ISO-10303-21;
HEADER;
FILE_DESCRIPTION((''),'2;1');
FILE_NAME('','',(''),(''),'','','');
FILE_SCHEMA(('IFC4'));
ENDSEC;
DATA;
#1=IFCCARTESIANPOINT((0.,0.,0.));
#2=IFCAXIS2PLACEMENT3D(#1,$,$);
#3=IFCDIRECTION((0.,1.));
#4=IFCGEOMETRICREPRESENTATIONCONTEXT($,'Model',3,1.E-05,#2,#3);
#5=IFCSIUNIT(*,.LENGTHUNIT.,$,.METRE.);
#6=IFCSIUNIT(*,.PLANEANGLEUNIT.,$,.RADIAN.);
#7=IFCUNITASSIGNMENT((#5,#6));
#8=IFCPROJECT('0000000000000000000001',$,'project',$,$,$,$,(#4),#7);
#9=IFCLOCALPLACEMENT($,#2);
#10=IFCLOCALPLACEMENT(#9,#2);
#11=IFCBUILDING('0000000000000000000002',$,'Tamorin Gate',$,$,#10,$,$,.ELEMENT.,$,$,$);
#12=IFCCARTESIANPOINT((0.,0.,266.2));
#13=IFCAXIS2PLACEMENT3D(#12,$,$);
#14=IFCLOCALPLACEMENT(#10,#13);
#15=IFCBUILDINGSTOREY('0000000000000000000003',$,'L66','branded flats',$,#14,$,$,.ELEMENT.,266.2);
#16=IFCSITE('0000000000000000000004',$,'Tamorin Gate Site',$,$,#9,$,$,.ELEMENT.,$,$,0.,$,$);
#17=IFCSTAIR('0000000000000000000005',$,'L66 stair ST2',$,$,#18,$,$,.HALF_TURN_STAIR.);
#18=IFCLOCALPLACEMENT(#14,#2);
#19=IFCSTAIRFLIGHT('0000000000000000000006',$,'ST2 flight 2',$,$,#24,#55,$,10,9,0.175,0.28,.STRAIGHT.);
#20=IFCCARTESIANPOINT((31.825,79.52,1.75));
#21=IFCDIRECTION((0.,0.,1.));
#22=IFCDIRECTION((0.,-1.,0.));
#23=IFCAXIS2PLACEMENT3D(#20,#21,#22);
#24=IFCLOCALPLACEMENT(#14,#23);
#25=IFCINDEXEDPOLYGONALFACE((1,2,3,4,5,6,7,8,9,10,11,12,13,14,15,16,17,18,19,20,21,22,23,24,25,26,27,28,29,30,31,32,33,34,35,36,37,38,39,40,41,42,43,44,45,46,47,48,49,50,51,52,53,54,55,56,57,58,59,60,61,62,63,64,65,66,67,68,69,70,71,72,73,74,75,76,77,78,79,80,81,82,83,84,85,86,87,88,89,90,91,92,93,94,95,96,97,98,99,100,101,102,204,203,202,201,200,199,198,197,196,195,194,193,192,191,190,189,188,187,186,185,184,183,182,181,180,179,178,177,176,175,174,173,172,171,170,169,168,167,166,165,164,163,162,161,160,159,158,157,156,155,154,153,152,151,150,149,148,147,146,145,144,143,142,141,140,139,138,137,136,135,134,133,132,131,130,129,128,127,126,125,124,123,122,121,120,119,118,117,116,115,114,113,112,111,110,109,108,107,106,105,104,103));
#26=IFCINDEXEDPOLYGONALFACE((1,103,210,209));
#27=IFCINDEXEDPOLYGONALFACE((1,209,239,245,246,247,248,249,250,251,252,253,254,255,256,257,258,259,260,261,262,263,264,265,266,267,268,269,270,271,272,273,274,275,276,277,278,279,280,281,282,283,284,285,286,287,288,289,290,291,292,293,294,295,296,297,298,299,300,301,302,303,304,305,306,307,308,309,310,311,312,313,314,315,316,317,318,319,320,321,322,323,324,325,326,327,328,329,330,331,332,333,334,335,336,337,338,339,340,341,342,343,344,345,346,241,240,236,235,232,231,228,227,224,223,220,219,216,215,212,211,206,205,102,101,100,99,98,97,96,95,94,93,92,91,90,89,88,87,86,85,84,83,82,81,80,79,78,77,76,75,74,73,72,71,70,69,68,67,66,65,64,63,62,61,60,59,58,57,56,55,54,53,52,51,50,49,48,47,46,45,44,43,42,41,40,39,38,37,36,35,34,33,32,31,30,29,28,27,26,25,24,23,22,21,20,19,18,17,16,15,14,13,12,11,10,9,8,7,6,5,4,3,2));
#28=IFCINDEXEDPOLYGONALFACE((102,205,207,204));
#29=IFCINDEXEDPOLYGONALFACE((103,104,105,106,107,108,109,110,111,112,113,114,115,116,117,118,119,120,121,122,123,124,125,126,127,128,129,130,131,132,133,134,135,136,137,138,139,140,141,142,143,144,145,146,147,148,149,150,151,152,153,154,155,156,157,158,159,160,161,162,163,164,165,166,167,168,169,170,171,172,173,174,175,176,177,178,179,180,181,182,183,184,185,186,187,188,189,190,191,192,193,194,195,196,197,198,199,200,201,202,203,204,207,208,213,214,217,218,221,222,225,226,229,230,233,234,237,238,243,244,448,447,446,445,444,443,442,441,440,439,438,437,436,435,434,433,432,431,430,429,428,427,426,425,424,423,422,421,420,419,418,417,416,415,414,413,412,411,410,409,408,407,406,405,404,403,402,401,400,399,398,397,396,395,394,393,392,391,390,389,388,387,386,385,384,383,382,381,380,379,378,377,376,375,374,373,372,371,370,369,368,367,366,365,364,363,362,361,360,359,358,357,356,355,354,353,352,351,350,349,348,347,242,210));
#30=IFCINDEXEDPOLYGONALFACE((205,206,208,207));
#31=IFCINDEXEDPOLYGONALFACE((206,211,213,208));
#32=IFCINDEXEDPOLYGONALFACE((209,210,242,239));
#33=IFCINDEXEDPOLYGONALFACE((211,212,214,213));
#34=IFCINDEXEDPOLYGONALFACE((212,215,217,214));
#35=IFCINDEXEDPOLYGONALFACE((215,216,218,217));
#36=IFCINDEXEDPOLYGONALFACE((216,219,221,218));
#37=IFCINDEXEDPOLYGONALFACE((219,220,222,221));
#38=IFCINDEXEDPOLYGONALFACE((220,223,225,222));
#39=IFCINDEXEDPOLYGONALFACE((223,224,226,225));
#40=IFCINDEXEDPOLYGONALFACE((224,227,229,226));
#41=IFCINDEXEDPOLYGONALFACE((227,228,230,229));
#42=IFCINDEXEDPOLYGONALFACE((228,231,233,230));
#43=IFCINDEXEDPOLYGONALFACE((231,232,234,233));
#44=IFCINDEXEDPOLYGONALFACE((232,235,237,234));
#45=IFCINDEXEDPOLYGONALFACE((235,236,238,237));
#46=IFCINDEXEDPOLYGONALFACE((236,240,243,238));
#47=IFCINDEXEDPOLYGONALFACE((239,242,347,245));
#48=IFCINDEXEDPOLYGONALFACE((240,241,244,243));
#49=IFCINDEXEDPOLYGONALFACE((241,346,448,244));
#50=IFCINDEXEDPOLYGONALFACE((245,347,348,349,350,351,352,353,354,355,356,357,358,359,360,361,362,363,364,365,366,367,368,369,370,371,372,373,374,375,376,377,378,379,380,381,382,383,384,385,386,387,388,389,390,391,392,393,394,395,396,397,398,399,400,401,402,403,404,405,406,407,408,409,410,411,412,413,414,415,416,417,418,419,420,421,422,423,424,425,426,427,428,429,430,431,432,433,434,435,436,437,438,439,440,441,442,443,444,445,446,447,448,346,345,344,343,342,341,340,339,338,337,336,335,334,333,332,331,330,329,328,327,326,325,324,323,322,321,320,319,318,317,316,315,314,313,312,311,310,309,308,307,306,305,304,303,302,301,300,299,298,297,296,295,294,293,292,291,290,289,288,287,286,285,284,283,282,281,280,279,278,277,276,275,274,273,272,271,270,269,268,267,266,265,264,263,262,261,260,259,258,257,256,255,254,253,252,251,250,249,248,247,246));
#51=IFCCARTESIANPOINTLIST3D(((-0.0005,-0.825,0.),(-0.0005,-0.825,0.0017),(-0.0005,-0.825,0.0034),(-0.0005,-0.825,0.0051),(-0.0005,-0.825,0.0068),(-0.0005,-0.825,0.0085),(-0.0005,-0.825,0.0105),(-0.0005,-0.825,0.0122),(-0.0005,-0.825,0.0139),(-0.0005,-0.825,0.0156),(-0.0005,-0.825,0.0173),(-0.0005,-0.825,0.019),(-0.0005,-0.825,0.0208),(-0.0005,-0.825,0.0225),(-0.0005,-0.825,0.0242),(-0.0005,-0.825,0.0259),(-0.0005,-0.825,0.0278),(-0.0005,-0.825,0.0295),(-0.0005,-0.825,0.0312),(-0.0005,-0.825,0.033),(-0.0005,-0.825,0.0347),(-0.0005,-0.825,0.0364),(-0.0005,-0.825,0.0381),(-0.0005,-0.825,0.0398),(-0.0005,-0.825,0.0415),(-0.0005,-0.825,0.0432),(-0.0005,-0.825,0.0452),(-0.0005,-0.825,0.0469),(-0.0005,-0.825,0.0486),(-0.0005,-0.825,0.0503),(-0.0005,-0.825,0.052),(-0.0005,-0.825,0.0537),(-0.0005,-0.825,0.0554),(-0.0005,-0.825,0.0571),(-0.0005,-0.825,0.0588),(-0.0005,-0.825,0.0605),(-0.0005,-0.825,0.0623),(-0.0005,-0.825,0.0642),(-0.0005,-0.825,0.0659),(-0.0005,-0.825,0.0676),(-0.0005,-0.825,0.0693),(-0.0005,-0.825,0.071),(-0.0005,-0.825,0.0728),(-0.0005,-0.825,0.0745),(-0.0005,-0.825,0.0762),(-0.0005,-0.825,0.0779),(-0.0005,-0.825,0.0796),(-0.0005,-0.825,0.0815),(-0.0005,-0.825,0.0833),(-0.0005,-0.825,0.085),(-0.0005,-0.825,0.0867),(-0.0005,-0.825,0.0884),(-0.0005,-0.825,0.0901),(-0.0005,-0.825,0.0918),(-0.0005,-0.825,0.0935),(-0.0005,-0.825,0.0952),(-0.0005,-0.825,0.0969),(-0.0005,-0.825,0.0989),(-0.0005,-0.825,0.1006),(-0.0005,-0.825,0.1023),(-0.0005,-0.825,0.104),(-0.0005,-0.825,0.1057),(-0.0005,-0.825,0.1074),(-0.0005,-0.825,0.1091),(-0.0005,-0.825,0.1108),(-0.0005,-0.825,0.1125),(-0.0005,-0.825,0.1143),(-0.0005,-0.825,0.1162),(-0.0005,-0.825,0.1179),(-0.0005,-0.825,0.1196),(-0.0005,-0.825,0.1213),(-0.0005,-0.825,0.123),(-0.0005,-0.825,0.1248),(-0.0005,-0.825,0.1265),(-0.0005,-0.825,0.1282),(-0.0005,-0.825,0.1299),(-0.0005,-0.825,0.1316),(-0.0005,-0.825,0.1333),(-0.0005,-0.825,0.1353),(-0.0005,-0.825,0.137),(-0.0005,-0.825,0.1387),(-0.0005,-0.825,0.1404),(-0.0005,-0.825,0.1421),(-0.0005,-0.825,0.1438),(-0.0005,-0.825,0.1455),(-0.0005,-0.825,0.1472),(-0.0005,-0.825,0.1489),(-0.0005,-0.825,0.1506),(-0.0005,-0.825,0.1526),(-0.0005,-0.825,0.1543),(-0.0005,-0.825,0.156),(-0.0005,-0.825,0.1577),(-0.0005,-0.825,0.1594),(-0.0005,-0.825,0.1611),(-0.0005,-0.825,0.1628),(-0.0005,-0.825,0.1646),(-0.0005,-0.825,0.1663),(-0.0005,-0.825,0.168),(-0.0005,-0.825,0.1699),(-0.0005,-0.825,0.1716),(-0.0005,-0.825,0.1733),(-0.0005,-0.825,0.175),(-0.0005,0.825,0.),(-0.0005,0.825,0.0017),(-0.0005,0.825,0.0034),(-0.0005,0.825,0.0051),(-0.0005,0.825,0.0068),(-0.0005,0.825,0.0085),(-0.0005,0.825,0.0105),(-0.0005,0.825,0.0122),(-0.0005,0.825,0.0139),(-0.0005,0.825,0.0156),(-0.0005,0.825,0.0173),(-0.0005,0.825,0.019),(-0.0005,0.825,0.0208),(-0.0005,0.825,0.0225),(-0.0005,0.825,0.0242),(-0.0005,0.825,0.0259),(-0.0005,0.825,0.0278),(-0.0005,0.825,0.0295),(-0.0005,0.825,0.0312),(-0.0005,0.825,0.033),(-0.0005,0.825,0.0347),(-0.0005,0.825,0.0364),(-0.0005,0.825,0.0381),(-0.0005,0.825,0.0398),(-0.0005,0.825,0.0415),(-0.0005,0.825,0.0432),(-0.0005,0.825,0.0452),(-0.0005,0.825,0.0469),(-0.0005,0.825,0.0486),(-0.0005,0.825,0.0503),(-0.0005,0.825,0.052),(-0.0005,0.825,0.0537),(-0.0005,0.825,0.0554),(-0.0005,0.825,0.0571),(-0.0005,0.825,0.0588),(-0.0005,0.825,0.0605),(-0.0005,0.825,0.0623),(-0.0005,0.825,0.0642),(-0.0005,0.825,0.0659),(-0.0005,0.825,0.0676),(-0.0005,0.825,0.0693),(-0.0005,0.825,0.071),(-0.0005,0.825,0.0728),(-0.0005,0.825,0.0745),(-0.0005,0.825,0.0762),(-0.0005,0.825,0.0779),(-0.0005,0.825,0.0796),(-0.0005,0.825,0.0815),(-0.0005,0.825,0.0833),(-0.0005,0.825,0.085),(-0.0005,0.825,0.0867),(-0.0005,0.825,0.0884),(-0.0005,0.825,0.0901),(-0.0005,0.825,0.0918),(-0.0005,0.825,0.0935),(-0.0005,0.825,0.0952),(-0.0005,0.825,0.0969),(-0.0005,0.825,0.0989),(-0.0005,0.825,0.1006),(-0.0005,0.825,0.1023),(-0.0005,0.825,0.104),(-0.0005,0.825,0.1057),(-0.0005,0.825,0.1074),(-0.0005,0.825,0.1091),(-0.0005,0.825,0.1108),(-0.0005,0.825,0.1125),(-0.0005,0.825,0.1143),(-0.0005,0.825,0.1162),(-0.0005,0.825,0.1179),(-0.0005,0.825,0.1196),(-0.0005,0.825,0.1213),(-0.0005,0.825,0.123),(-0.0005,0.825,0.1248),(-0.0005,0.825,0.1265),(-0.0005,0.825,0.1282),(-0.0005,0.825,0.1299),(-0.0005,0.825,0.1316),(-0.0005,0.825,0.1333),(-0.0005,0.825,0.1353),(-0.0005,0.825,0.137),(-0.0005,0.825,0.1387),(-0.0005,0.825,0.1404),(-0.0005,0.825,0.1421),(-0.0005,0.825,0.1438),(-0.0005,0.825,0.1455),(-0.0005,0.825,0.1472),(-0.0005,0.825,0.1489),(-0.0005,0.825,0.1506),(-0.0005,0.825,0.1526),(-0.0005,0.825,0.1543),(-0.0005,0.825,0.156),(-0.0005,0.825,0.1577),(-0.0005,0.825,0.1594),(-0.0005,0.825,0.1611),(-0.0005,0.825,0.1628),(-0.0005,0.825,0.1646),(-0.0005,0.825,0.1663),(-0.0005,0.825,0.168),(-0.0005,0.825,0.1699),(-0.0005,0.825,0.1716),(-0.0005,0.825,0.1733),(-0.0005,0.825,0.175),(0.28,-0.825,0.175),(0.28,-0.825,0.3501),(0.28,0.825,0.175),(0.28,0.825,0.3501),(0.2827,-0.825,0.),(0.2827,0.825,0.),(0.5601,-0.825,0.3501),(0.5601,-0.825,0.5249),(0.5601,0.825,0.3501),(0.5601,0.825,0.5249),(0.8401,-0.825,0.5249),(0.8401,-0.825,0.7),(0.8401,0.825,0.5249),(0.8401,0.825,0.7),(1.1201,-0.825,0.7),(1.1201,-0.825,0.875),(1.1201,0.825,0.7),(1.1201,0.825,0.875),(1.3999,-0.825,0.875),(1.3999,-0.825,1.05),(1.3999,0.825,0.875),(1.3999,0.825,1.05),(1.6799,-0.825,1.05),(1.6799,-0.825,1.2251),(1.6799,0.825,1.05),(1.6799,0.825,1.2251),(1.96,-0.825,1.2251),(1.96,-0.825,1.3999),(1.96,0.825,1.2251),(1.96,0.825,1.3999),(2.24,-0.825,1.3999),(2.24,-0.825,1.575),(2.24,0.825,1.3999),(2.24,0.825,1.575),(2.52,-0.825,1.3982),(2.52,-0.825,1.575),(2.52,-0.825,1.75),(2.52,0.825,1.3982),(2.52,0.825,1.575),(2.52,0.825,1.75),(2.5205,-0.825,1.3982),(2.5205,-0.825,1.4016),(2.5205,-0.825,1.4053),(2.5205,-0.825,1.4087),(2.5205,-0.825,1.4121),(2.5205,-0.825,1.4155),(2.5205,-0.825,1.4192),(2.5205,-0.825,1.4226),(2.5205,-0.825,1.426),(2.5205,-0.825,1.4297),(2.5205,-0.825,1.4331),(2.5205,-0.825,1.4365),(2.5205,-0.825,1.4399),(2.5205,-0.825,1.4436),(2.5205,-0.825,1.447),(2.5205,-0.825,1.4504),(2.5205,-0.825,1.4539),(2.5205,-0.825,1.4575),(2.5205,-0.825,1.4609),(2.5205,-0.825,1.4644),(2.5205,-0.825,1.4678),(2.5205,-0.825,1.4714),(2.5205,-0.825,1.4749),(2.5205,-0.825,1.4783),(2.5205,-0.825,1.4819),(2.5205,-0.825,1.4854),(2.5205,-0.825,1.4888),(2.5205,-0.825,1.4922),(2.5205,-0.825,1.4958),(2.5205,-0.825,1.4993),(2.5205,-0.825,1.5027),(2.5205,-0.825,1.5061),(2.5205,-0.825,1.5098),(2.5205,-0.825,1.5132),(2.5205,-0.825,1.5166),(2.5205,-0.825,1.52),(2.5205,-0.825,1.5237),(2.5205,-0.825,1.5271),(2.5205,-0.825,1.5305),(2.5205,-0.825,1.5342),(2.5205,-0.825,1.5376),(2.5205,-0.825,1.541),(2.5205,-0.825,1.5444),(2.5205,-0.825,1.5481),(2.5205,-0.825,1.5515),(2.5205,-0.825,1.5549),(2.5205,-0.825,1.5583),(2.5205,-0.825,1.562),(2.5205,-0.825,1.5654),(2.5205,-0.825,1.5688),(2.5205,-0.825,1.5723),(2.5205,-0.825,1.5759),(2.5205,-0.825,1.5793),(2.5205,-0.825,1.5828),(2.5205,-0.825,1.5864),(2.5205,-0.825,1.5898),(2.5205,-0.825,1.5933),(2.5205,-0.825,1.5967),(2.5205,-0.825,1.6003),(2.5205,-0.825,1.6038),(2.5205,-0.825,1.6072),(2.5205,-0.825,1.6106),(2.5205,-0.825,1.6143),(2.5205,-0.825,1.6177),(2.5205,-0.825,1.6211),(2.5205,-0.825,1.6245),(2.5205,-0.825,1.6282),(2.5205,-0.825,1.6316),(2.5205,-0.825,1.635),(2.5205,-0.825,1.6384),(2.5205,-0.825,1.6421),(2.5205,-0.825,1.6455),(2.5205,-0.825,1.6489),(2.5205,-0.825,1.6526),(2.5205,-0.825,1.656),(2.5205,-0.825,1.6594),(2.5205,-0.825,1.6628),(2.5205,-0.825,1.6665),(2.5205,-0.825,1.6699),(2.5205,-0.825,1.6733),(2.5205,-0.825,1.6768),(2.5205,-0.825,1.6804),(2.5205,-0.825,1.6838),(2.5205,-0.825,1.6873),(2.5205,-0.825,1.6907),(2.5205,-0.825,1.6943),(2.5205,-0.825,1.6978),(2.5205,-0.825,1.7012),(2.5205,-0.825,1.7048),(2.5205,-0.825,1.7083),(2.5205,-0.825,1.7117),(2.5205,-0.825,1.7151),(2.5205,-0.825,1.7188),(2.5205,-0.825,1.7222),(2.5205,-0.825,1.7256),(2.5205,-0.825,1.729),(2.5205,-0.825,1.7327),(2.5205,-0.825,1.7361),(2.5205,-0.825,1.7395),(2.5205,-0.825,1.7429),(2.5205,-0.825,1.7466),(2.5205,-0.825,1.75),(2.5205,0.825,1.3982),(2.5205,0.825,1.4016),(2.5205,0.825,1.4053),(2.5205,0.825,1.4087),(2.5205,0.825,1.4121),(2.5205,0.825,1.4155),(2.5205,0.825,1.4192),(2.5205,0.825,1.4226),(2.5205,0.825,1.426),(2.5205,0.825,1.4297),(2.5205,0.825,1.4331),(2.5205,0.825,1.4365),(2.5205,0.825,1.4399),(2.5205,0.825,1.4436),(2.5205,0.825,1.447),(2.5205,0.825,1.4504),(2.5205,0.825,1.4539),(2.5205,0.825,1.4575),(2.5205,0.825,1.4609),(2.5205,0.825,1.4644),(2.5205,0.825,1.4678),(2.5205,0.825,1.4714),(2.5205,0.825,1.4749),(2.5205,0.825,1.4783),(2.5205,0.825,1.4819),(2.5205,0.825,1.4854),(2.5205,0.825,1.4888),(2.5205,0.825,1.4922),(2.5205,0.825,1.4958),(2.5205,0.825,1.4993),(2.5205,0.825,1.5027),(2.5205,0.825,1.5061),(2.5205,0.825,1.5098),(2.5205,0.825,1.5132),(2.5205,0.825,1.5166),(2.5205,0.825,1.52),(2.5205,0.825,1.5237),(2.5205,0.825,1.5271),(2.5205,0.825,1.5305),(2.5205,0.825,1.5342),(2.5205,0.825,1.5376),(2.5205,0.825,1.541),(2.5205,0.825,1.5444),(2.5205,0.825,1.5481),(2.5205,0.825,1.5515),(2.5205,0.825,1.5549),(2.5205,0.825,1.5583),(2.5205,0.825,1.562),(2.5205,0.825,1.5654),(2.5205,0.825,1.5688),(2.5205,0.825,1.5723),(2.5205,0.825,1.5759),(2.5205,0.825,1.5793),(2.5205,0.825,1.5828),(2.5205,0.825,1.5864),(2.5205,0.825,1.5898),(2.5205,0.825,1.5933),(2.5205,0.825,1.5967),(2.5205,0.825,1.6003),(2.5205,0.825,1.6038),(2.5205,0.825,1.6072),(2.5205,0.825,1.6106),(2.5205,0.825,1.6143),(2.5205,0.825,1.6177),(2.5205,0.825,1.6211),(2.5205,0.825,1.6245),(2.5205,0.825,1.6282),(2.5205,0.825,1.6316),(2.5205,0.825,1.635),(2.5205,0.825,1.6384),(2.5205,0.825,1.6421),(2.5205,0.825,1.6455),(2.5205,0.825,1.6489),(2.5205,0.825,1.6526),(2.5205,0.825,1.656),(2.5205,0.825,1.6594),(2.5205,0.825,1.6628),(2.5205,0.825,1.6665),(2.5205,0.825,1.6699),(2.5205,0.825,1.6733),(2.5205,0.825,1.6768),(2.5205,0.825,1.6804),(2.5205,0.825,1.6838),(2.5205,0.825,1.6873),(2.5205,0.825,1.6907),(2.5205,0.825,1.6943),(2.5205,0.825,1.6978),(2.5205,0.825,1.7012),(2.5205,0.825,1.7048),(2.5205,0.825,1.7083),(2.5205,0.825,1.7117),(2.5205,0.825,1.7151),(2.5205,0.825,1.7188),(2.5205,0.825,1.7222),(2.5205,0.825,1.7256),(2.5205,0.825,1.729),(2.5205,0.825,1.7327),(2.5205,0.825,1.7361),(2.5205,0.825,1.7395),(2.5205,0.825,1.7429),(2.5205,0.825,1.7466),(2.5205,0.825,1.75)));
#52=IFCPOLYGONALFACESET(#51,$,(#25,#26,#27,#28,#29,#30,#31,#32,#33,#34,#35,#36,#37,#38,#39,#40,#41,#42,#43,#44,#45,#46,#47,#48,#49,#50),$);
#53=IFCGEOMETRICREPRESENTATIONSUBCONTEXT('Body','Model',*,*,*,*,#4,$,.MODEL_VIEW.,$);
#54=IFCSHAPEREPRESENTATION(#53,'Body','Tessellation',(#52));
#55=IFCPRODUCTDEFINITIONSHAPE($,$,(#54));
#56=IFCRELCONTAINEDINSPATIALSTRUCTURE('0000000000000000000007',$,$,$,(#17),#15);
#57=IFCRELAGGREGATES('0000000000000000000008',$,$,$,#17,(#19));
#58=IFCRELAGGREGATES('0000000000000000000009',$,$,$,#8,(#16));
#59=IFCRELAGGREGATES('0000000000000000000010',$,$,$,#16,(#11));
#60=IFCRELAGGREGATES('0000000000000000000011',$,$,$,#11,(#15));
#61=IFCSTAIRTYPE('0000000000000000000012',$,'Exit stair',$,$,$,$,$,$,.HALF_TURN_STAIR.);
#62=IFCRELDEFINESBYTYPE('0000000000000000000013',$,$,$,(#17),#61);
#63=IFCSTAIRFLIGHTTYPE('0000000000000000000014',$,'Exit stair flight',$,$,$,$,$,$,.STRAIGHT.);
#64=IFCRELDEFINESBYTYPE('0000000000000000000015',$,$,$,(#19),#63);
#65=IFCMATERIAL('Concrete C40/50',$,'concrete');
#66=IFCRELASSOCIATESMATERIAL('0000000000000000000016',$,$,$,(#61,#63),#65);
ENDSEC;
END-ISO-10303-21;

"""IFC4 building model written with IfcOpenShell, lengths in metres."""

from ifc_helpers import new_model, si_unit, direction, frame, origin, place, context, subcontext, project, spatial, polyline, outline, extrude, material, type_object, element, aggregate, save


model = new_model("IFC4")

# Units and contexts
model_context = context("Model", 3, precision=1e-05, world=origin(), true_north=direction((0.0, 1.0)))
body_context = subcontext(model_context, "Body", "Model", "MODEL_VIEW")
ifc_project = project(units=[si_unit("LENGTHUNIT", "METRE"), si_unit("PLANEANGLEUNIT", "RADIAN")], contexts=[model_context])

# Site, building, storey
site_placement = place(None, origin())
site = spatial("IfcSite", under=ifc_project, at=site_placement, Name="Tamorin Gate Site", CompositionType="ELEMENT", RefElevation=0.0)
building_placement = place(site_placement, origin())
building = spatial("IfcBuilding", under=site, at=building_placement, Name="Tamorin Gate", CompositionType="ELEMENT")
storey_placement = place(building_placement, frame((0.0, 0.0, 266.2)))
storey = spatial("IfcBuildingStorey", under=building, at=storey_placement, Name="L66", Description="branded flats", CompositionType="ELEMENT", Elevation=266.2)

# Stair, stair flight
ifc_material_1 = material(Name="Concrete C40/50", Category="concrete")
stair_type = type_object("IfcStairType", Name="Exit stair", PredefinedType="HALF_TURN_STAIR", material=ifc_material_1)
stair_placement = place(storey_placement, origin())
stair = element("IfcStair", 1, at=stair_placement, inside=storey, type_object=stair_type, Name="L66 stair ST2", PredefinedType="HALF_TURN_STAIR")
stair_flight_type = type_object("IfcStairFlightType", Name="Exit stair flight", PredefinedType="STRAIGHT", material=ifc_material_1)
stair_flight_placement = place(storey_placement, frame((31.825, 79.52, 1.75), z_axis=(0.0, 0.0, 1.0), x_axis=(0.0, -1.0, 0.0)))
stair_flight = element("IfcStairFlight", 2, at=stair_flight_placement, type_object=stair_flight_type, Name="ST2 flight 2", NumberOfRisers=10, NumberOfTreads=9, PredefinedType="STRAIGHT", RiserHeight=0.175, TreadLength=0.28, context=body_context, shape_type="SweptSolid", body=[
    extrude(outline(polyline([(-0.0005, 0.0), (-0.0005, 0.0017), (-0.0005, 0.0034), (-0.0005, 0.0051), (-0.0005, 0.0068), (-0.0005, 0.0085), (-0.0005, 0.0105), (-0.0005, 0.0122), (-0.0005, 0.0139), (-0.0005, 0.0156), (-0.0005, 0.0173), (-0.0005, 0.019), (-0.0005, 0.0208), (-0.0005, 0.0225), (-0.0005, 0.0242), (-0.0005, 0.0259), (-0.0005, 0.0278), (-0.0005, 0.0295), (-0.0005, 0.0312), (-0.0005, 0.033), (-0.0005, 0.0347), (-0.0005, 0.0364), (-0.0005, 0.0381), (-0.0005, 0.0398), (-0.0005, 0.0415), (-0.0005, 0.0432), (-0.0005, 0.0452), (-0.0005, 0.0469), (-0.0005, 0.0486), (-0.0005, 0.0503), (-0.0005, 0.052), (-0.0005, 0.0537), (-0.0005, 0.0554), (-0.0005, 0.0571), (-0.0005, 0.0588), (-0.0005, 0.0605), (-0.0005, 0.0623), (-0.0005, 0.0642), (-0.0005, 0.0659), (-0.0005, 0.0676), (-0.0005, 0.0693), (-0.0005, 0.071), (-0.0005, 0.0728), (-0.0005, 0.0745), (-0.0005, 0.0762), (-0.0005, 0.0779), (-0.0005, 0.0796), (-0.0005, 0.0815), (-0.0005, 0.0833), (-0.0005, 0.085), (-0.0005, 0.0867), (-0.0005, 0.0884), (-0.0005, 0.0901), (-0.0005, 0.0918), (-0.0005, 0.0935), (-0.0005, 0.0952), (-0.0005, 0.0969), (-0.0005, 0.0989), (-0.0005, 0.1006), (-0.0005, 0.1023), (-0.0005, 0.104), (-0.0005, 0.1057), (-0.0005, 0.1074), (-0.0005, 0.1091), (-0.0005, 0.1108), (-0.0005, 0.1125), (-0.0005, 0.1143), (-0.0005, 0.1162), (-0.0005, 0.1179), (-0.0005, 0.1196), (-0.0005, 0.1213), (-0.0005, 0.123), (-0.0005, 0.1248), (-0.0005, 0.1265), (-0.0005, 0.1282), (-0.0005, 0.1299), (-0.0005, 0.1316), (-0.0005, 0.1333), (-0.0005, 0.1353), (-0.0005, 0.137), (-0.0005, 0.1387), (-0.0005, 0.1404), (-0.0005, 0.1421), (-0.0005, 0.1438), (-0.0005, 0.1455), (-0.0005, 0.1472), (-0.0005, 0.1489), (-0.0005, 0.1506), (-0.0005, 0.1526), (-0.0005, 0.1543), (-0.0005, 0.156), (-0.0005, 0.1577), (-0.0005, 0.1594), (-0.0005, 0.1611), (-0.0005, 0.1628), (-0.0005, 0.1646), (-0.0005, 0.1663), (-0.0005, 0.168), (-0.0005, 0.1699), (-0.0005, 0.1716), (-0.0005, 0.1733), (-0.0005, 0.175), (0.28, 0.175), (0.28, 0.3501), (0.5601, 0.3501), (0.5601, 0.5249), (0.8401, 0.5249), (0.8401, 0.7), (1.1201, 0.7), (1.1201, 0.875), (1.3999, 0.875), (1.3999, 1.05), (1.6799, 1.05), (1.6799, 1.2251), (1.96, 1.2251), (1.96, 1.3999), (2.24, 1.3999), (2.24, 1.575), (2.52, 1.575), (2.52, 1.75), (2.5205, 1.75), (2.5205, 1.7466), (2.5205, 1.7429), (2.5205, 1.7395), (2.5205, 1.7361), (2.5205, 1.7327), (2.5205, 1.729), (2.5205, 1.7256), (2.5205, 1.7222), (2.5205, 1.7188), (2.5205, 1.7151), (2.5205, 1.7117), (2.5205, 1.7083), (2.5205, 1.7048), (2.5205, 1.7012), (2.5205, 1.6978), (2.5205, 1.6943), (2.5205, 1.6907), (2.5205, 1.6873), (2.5205, 1.6838), (2.5205, 1.6804), (2.5205, 1.6768), (2.5205, 1.6733), (2.5205, 1.6699), (2.5205, 1.6665), (2.5205, 1.6628), (2.5205, 1.6594), (2.5205, 1.656), (2.5205, 1.6526), (2.5205, 1.6489), (2.5205, 1.6455), (2.5205, 1.6421), (2.5205, 1.6384), (2.5205, 1.635), (2.5205, 1.6316), (2.5205, 1.6282), (2.5205, 1.6245), (2.5205, 1.6211), (2.5205, 1.6177), (2.5205, 1.6143), (2.5205, 1.6106), (2.5205, 1.6072), (2.5205, 1.6038), (2.5205, 1.6003), (2.5205, 1.5967), (2.5205, 1.5933), (2.5205, 1.5898), (2.5205, 1.5864), (2.5205, 1.5828), (2.5205, 1.5793), (2.5205, 1.5759), (2.5205, 1.5723), (2.5205, 1.5688), (2.5205, 1.5654), (2.5205, 1.562), (2.5205, 1.5583), (2.5205, 1.5549), (2.5205, 1.5515), (2.5205, 1.5481), (2.5205, 1.5444), (2.5205, 1.541), (2.5205, 1.5376), (2.5205, 1.5342), (2.5205, 1.5305), (2.5205, 1.5271), (2.5205, 1.5237), (2.5205, 1.52), (2.5205, 1.5166), (2.5205, 1.5132), (2.5205, 1.5098), (2.5205, 1.5061), (2.5205, 1.5027), (2.5205, 1.4993), (2.5205, 1.4958), (2.5205, 1.4922), (2.5205, 1.4888), (2.5205, 1.4854), (2.5205, 1.4819), (2.5205, 1.4783), (2.5205, 1.4749), (2.5205, 1.4714), (2.5205, 1.4678), (2.5205, 1.4644), (2.5205, 1.4609), (2.5205, 1.4575), (2.5205, 1.4539), (2.5205, 1.4504), (2.5205, 1.447), (2.5205, 1.4436), (2.5205, 1.4399), (2.5205, 1.4365), (2.5205, 1.4331), (2.5205, 1.4297), (2.5205, 1.426), (2.5205, 1.4226), (2.5205, 1.4192), (2.5205, 1.4155), (2.5205, 1.4121), (2.5205, 1.4087), (2.5205, 1.4053), (2.5205, 1.4016), (2.5205, 1.3982), (2.52, 1.3982), (0.2827, 0.0), (-0.0005, 0.0)])), frame((0.0, 0.825, 0.0), z_axis=(0.0, -1.0, 0.0), x_axis=(1.0, 0.0, 0.0)), (0.0, 0.0, 1.0), 1.6499),
])
aggregate(stair, [stair_flight])

save(model, "model.ifc")
